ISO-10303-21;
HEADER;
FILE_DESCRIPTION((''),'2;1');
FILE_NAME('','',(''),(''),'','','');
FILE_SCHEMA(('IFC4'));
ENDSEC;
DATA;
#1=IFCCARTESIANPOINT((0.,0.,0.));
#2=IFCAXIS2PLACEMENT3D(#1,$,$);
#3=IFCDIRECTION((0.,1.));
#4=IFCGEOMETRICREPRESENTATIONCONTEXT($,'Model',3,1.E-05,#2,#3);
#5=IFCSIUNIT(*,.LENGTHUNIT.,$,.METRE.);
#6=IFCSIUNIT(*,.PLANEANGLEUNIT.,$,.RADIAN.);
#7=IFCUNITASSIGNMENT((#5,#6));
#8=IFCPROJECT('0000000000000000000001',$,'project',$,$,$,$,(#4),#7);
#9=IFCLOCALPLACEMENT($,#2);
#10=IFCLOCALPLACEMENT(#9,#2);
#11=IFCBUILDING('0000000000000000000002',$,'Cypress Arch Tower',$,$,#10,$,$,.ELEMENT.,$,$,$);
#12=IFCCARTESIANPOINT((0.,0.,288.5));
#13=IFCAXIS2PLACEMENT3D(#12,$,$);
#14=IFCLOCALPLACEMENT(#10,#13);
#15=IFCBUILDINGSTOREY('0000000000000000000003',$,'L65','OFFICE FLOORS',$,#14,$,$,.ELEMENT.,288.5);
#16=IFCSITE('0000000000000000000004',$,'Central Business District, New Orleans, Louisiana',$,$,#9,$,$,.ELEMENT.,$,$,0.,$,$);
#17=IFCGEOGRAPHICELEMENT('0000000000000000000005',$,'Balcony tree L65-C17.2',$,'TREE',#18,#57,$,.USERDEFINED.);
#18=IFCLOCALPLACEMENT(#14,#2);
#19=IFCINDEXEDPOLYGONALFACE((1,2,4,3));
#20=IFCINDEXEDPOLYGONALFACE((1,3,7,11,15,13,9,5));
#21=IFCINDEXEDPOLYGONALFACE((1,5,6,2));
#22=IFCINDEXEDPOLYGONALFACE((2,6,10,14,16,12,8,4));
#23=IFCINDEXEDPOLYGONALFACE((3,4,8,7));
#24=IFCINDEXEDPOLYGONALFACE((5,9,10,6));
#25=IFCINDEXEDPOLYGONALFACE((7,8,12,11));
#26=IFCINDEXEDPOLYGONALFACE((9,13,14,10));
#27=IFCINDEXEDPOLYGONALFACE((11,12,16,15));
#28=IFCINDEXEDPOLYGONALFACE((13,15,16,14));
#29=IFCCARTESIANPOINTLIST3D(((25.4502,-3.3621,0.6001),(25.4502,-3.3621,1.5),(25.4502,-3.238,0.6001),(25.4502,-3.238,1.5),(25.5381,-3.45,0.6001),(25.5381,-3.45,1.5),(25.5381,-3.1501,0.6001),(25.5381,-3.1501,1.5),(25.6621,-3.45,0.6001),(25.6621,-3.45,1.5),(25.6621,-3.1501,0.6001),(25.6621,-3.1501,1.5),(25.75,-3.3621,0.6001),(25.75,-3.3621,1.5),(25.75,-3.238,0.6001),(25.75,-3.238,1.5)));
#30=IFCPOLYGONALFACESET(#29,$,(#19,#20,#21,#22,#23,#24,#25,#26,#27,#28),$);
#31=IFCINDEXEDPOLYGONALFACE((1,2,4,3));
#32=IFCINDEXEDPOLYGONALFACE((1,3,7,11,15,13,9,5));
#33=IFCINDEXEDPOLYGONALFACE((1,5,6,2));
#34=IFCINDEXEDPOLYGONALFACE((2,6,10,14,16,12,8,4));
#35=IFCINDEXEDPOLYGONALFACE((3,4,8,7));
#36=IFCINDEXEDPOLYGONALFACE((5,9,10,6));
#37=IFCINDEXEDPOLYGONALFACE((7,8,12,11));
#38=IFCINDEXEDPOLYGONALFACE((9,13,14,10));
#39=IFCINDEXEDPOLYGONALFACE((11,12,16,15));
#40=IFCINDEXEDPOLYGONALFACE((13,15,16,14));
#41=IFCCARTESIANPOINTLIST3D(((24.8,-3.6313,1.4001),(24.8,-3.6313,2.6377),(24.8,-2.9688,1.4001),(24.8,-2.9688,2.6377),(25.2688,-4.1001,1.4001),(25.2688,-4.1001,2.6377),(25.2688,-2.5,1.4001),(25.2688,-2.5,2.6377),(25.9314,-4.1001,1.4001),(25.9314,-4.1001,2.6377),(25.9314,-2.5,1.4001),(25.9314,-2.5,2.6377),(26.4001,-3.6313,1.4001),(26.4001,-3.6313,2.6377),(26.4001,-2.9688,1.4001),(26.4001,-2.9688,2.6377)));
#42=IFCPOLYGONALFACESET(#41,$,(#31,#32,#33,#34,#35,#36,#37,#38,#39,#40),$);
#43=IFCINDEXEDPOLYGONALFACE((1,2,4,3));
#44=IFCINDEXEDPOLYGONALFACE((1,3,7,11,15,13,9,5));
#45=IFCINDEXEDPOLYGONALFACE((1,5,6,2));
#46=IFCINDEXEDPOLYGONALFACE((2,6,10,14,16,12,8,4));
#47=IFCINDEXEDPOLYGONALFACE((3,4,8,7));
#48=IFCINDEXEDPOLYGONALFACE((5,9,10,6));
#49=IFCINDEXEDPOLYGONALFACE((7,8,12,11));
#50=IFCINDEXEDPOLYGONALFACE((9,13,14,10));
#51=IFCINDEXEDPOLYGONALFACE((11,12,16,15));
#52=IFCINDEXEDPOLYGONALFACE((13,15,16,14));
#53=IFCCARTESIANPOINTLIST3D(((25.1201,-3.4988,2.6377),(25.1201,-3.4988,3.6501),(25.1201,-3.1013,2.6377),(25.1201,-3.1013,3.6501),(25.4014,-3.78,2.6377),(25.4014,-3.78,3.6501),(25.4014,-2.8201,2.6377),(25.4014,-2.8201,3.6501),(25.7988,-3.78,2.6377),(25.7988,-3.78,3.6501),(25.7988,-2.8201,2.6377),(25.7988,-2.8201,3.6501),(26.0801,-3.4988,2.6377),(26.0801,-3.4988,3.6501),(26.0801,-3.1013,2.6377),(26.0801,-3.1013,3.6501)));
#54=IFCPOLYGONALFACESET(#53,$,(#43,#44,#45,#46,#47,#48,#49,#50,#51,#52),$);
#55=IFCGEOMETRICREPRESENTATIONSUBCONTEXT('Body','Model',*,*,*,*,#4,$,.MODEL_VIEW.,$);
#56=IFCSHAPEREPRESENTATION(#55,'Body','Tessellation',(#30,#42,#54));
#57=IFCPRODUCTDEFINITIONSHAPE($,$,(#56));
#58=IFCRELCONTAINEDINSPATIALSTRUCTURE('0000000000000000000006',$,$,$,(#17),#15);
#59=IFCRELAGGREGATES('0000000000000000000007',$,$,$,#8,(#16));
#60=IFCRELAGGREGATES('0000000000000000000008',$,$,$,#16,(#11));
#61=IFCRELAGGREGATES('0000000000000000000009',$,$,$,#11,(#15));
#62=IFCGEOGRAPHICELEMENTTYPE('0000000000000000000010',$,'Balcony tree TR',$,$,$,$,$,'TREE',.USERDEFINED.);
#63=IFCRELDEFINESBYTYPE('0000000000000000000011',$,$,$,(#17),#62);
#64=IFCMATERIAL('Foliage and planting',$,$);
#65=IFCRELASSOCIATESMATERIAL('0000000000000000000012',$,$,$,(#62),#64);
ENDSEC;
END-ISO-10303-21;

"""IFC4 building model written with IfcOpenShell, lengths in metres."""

from ifc_helpers import new_model, si_unit, direction, frame, origin, place, context, subcontext, project, spatial, polyline, outline, extrude, material, type_object, element, save


model = new_model("IFC4")

# Units and contexts
model_context = context("Model", 3, precision=1e-05, world=origin(), true_north=direction((0.0, 1.0)))
body_context = subcontext(model_context, "Body", "Model", "MODEL_VIEW")
ifc_project = project(units=[si_unit("LENGTHUNIT", "METRE"), si_unit("PLANEANGLEUNIT", "RADIAN")], contexts=[model_context])

# Site, building, storey
site_placement = place(None, origin())
site = spatial("IfcSite", under=ifc_project, at=site_placement, Name="Central Business District, New Orleans, Louisiana", CompositionType="ELEMENT", RefElevation=0.0)
building_placement = place(site_placement, origin())
building = spatial("IfcBuilding", under=site, at=building_placement, Name="Cypress Arch Tower", CompositionType="ELEMENT")
storey_placement = place(building_placement, frame((0.0, 0.0, 288.5)))
storey = spatial("IfcBuildingStorey", under=building, at=storey_placement, Name="L65", Description="OFFICE FLOORS", CompositionType="ELEMENT", Elevation=288.5)

# Geographic element
ifc_material_1 = material(Name="Foliage and planting")
geographic_element_type = type_object("IfcGeographicElementType", Name="Balcony tree TR", ElementType="TREE", PredefinedType="USERDEFINED", material=ifc_material_1)
for number, where, z_axis, x_axis, name in (
    (1, (25.6001, -3.3, 0.6001), (0.0, 0.0, 1.0), (1.0, 0.0, 0.0), "Balcony tree L65-C17.2"),
):
    element("IfcGeographicElement", number, at=place(storey_placement, frame(where, z_axis=z_axis, x_axis=x_axis)), inside=storey, type_object=geographic_element_type, Name=name, ObjectType="TREE", PredefinedType="USERDEFINED", context=body_context, shape_type="SweptSolid", body=[
        extrude(outline(polyline([(0.1499, 0.062), (0.062, 0.1499), (-0.062, 0.1499), (-0.1499, 0.062), (-0.1499, -0.062), (-0.062, -0.1499), (0.062, -0.1499), (0.1499, -0.062), (0.1499, 0.062)])), origin(), (0.0, 0.0, 1.0), 0.8999),
        extrude(outline(polyline([(0.8, 0.3313), (0.3313, 0.8), (-0.3313, 0.8), (-0.8, 0.3313), (-0.8, -0.3313), (-0.3313, -0.8), (0.3313, -0.8), (0.8, -0.3313), (0.8, 0.3313)])), frame((0.0, 0.0, 0.8)), (0.0, 0.0, 1.0), 1.2375),
        extrude(outline(polyline([(0.48, 0.1987), (0.1987, 0.48), (-0.1987, 0.48), (-0.48, 0.1987), (-0.48, -0.1987), (-0.1987, -0.48), (0.1987, -0.48), (0.48, -0.1987), (0.48, 0.1987)])), frame((0.0, 0.0, 2.0376)), (0.0, 0.0, 1.0), 1.0125),
    ])

save(model, "model.ifc")
